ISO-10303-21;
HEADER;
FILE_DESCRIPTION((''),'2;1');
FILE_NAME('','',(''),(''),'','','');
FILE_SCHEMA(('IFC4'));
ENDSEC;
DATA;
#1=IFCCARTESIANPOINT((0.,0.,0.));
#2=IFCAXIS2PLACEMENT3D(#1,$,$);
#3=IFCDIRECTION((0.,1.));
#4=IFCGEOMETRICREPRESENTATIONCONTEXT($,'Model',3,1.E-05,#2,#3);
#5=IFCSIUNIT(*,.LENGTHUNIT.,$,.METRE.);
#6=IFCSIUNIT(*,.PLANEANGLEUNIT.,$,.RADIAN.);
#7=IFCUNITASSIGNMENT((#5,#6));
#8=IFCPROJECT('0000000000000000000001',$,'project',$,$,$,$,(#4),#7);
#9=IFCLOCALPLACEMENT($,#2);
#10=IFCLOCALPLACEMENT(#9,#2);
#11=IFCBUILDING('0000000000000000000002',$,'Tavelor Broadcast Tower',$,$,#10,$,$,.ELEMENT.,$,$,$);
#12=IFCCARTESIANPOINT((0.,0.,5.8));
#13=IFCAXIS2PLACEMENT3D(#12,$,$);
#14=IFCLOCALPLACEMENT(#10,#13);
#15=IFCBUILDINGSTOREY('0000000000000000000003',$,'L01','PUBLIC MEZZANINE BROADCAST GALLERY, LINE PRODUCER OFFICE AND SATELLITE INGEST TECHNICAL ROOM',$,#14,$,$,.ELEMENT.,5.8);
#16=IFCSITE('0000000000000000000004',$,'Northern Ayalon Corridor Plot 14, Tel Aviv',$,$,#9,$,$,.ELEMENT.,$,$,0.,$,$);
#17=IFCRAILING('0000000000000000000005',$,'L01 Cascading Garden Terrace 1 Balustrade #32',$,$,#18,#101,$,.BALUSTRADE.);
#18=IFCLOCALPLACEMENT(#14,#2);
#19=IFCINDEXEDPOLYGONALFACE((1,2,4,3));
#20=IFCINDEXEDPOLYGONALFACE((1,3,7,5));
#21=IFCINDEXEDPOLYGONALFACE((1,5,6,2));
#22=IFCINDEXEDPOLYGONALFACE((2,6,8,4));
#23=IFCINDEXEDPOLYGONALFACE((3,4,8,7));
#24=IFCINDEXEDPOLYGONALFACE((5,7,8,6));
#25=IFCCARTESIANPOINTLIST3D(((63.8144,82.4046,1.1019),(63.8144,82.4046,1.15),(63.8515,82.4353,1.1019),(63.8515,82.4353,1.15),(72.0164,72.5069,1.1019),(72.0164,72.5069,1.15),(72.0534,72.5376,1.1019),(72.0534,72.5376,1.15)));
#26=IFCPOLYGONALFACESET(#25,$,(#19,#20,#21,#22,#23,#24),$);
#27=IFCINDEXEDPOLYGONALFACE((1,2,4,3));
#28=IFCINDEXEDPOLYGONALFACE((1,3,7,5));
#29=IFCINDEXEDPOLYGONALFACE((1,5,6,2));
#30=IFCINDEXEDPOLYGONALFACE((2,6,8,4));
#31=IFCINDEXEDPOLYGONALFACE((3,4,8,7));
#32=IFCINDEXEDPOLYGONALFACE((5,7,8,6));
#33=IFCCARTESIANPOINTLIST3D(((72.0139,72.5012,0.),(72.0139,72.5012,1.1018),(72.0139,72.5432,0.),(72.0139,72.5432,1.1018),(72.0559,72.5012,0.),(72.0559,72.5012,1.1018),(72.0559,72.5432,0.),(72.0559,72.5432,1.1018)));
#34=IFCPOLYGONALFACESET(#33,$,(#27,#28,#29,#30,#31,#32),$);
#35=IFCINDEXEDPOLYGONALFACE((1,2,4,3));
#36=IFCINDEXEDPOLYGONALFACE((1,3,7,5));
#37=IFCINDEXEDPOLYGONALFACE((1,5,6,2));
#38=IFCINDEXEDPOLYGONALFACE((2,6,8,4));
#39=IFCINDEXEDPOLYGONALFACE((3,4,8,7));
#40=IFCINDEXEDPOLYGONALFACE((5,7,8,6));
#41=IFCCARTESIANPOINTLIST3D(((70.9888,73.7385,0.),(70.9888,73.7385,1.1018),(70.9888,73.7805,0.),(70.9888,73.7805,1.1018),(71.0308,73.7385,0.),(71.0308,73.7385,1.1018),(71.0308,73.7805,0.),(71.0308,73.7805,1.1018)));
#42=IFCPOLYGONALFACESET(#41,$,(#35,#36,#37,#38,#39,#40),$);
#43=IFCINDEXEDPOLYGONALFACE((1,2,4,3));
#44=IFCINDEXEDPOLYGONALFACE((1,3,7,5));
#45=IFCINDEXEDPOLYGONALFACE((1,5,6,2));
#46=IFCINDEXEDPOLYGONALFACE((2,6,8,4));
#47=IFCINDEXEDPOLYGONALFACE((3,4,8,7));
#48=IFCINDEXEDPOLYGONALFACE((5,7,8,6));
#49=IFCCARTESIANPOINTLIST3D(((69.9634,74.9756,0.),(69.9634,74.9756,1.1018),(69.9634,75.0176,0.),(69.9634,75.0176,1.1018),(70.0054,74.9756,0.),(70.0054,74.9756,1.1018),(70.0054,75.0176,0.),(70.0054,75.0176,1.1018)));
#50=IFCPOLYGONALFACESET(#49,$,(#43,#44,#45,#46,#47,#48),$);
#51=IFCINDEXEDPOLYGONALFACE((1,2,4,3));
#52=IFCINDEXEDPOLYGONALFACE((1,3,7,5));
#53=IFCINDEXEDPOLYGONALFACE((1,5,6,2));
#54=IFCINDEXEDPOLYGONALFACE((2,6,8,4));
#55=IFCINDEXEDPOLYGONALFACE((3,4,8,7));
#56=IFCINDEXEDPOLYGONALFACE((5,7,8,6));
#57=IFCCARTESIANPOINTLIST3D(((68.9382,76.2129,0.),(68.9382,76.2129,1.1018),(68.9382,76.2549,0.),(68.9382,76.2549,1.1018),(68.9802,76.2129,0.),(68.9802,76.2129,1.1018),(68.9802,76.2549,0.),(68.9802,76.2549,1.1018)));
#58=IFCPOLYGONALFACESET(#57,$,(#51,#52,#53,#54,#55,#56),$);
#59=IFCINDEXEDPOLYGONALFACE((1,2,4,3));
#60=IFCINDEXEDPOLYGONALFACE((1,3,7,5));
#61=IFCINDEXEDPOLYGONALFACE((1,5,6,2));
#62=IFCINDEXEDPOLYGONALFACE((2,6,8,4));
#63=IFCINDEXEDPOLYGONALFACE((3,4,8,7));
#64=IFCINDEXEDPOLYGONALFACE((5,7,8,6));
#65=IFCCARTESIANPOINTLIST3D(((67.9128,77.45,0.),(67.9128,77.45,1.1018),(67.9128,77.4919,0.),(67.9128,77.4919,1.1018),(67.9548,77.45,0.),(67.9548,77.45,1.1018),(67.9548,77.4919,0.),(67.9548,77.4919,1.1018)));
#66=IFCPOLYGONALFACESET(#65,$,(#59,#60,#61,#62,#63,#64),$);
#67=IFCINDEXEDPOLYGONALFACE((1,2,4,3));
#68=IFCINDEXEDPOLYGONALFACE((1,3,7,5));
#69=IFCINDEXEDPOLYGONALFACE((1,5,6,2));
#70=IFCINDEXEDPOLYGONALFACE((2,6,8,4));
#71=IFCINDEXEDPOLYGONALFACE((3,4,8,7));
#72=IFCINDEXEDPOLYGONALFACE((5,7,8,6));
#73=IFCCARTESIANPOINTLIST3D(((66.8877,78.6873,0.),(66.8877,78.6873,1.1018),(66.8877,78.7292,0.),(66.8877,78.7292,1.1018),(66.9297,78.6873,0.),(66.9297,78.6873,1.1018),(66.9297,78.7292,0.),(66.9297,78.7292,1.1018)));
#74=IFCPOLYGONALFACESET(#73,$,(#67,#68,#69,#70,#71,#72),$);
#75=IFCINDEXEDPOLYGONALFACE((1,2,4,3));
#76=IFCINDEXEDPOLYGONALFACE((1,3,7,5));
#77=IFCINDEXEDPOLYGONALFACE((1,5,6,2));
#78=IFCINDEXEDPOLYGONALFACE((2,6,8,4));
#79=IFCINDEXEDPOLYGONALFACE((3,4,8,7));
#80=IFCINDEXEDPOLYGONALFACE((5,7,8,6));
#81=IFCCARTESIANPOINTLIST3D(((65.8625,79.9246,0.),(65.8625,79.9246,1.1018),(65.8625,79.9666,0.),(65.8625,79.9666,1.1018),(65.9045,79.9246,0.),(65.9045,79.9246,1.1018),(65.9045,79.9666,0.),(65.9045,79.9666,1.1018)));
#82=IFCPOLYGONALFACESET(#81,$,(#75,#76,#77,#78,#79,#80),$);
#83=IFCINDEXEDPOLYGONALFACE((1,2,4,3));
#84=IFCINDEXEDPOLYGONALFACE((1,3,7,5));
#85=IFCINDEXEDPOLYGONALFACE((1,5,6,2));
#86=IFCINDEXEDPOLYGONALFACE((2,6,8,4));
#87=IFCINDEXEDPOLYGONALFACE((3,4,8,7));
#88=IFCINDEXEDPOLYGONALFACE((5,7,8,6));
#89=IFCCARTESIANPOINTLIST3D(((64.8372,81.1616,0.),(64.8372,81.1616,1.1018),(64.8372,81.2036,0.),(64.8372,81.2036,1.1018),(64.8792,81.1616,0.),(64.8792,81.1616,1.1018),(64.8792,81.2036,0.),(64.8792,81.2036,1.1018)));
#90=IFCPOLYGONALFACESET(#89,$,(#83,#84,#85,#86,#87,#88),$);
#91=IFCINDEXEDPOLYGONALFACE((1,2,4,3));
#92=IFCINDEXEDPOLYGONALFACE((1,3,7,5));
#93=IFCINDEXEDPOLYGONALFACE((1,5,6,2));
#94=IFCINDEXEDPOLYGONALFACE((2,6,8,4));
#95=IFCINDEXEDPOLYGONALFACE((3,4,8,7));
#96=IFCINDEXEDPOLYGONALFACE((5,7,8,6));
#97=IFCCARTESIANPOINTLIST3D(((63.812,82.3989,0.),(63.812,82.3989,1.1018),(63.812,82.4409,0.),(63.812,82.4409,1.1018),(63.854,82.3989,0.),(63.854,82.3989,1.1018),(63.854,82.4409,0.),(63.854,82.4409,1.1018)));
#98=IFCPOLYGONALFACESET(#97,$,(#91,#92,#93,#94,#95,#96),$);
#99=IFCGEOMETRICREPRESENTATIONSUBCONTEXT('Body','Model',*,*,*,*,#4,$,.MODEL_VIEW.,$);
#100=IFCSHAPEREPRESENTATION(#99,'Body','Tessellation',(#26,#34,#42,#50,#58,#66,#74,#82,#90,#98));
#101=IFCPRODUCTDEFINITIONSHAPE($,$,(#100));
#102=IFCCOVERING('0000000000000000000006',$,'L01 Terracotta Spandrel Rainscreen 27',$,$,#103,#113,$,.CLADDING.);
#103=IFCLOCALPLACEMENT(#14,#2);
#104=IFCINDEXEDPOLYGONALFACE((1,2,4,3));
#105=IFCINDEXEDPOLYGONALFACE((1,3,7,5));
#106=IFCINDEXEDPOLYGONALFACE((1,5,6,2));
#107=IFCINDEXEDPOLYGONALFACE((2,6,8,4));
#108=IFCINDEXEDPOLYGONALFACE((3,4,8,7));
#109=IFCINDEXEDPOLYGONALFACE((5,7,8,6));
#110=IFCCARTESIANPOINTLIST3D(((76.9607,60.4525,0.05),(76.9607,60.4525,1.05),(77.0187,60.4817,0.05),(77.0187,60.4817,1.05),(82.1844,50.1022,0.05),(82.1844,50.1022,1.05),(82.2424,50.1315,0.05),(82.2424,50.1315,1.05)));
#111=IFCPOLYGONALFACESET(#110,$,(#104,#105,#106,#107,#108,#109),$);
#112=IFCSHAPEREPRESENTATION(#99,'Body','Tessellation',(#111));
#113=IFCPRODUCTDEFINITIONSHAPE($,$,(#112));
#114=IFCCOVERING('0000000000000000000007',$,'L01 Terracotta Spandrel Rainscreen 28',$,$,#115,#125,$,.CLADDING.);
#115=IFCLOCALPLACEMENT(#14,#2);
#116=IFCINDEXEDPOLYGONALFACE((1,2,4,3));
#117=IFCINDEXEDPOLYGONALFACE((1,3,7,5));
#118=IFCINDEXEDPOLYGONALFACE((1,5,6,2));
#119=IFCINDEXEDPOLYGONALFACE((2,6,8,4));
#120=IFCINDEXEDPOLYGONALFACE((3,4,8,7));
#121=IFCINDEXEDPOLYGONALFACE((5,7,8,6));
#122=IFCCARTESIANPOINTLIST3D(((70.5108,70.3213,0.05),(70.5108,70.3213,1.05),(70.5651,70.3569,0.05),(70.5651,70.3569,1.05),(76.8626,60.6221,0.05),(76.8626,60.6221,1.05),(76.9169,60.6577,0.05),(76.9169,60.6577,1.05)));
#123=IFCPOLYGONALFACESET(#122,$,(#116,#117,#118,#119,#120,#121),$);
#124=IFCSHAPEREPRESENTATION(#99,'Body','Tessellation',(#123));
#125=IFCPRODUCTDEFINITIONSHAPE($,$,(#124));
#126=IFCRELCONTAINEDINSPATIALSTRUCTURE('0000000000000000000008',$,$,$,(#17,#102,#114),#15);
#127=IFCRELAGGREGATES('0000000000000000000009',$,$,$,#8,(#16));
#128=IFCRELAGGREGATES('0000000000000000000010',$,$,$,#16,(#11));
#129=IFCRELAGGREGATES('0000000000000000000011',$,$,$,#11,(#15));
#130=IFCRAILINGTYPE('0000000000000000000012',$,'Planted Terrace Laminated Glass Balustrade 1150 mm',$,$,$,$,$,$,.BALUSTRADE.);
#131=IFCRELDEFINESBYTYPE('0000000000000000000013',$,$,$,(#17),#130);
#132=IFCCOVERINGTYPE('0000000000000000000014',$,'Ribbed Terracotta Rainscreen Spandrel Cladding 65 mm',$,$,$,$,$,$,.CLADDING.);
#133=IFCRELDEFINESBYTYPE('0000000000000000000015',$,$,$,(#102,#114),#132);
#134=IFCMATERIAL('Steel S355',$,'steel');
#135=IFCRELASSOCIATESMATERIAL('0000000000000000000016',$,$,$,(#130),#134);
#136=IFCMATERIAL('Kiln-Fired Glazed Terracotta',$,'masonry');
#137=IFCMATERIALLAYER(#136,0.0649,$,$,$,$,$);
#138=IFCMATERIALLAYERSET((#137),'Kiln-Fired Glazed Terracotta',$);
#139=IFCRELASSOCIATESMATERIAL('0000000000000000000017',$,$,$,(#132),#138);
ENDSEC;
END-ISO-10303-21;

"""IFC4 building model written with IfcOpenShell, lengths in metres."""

from ifc_helpers import new_model, si_unit, direction, frame, origin, origin_2d, place, context, subcontext, project, spatial, rectangle, extrude, material, layer, layer_set, type_object, element, save


model = new_model("IFC4")

# Units and contexts
model_context = context("Model", 3, precision=1e-05, world=origin(), true_north=direction((0.0, 1.0)))
body_context = subcontext(model_context, "Body", "Model", "MODEL_VIEW")
ifc_project = project(units=[si_unit("LENGTHUNIT", "METRE"), si_unit("PLANEANGLEUNIT", "RADIAN")], contexts=[model_context])

# Site, building, storey
site_placement = place(None, origin())
site = spatial("IfcSite", under=ifc_project, at=site_placement, Name="Northern Ayalon Corridor Plot 14, Tel Aviv", CompositionType="ELEMENT", RefElevation=0.0)
building_placement = place(site_placement, origin())
building = spatial("IfcBuilding", under=site, at=building_placement, Name="Tavelor Broadcast Tower", CompositionType="ELEMENT")
storey_placement = place(building_placement, frame((0.0, 0.0, 5.8)))
storey = spatial("IfcBuildingStorey", under=building, at=storey_placement, Name="L01", Description="PUBLIC MEZZANINE BROADCAST GALLERY, LINE PRODUCER OFFICE AND SATELLITE INGEST TECHNICAL ROOM", CompositionType="ELEMENT", Elevation=5.8)

# Shared definitions
ifc_material_1 = material(Name="Steel S355", Category="steel")

# Railing
railing_type = type_object("IfcRailingType", Name="Planted Terrace Laminated Glass Balustrade 1150 mm", PredefinedType="BALUSTRADE", material=ifc_material_1)
railing_1_placement = place(storey_placement, frame((72.0349, 72.5222, 0.0)))
element("IfcRailing", 1, at=railing_1_placement, inside=storey, type_object=railing_type, Name="L01 Cascading Garden Terrace 1 Balustrade #32", PredefinedType="BALUSTRADE", context=body_context, shape_type="SweptSolid", body=[
    extrude(rectangle(XDim=0.0481, YDim=0.0481, at=origin_2d()), frame((0.0, 0.0, 1.126), z_axis=(-0.638062, 0.769985, 0.0), x_axis=(-0.769985, -0.638062, 0.0)), (0.0, 0.0, 1.0), 12.8545),
    extrude(rectangle(XDim=0.042, YDim=0.042, at=origin_2d()), origin(), (0.0, 0.0, 1.0), 1.1018),
    extrude(rectangle(XDim=0.042, YDim=0.042, at=origin_2d()), frame((-1.0251, 1.2373, 0.0)), (0.0, 0.0, 1.0), 1.1018),
    extrude(rectangle(XDim=0.042, YDim=0.042, at=origin_2d()), frame((-2.0505, 2.4744, 0.0)), (0.0, 0.0, 1.0), 1.1018),
    extrude(rectangle(XDim=0.042, YDim=0.042, at=origin_2d()), frame((-3.0757, 3.7117, 0.0)), (0.0, 0.0, 1.0), 1.1018),
    extrude(rectangle(XDim=0.042, YDim=0.042, at=origin_2d()), frame((-4.1011, 4.9487, 0.0)), (0.0, 0.0, 1.0), 1.1018),
    extrude(rectangle(XDim=0.042, YDim=0.042, at=origin_2d()), frame((-5.1262, 6.186, 0.0)), (0.0, 0.0, 1.0), 1.1018),
    extrude(rectangle(XDim=0.042, YDim=0.042, at=origin_2d()), frame((-6.1514, 7.4233, 0.0)), (0.0, 0.0, 1.0), 1.1018),
    extrude(rectangle(XDim=0.042, YDim=0.042, at=origin_2d()), frame((-7.1768, 8.6604, 0.0)), (0.0, 0.0, 1.0), 1.1018),
    extrude(rectangle(XDim=0.042, YDim=0.042, at=origin_2d()), frame((-8.2019, 9.8977, 0.0)), (0.0, 0.0, 1.0), 1.1018),
])

# Coverings
ifc_material_2 = material(Name="Kiln-Fired Glazed Terracotta", Category="masonry")
ifc_layer_1 = layer(ifc_material_2, 0.0649)
ifc_layer_set_1 = layer_set([ifc_layer_1], Name="Kiln-Fired Glazed Terracotta")
covering_type = type_object("IfcCoveringType", Name="Ribbed Terracotta Rainscreen Spandrel Cladding 65 mm", PredefinedType="CLADDING", material=ifc_layer_set_1)
covering_1_placement = place(storey_placement, frame((79.6016, 55.292, 0.05), z_axis=(0.0, 0.0, 1.0), x_axis=(-0.450566, 0.892743, 0.0)))
element("IfcCovering", 2, at=covering_1_placement, inside=storey, type_object=covering_type, Name="L01 Terracotta Spandrel Rainscreen 27", PredefinedType="CLADDING", context=body_context, shape_type="SweptSolid", body=[
    extrude(rectangle(XDim=11.5938, YDim=0.0649, at=origin_2d()), origin(), (0.0, 0.0, 1.0), 1.0),
])
covering_2_placement = place(storey_placement, frame((73.7139, 65.4895, 0.05), z_axis=(0.0, 0.0, 1.0), x_axis=(-0.547855, 0.836573, 0.0)))
element("IfcCovering", 3, at=covering_2_placement, inside=storey, type_object=covering_type, Name="L01 Terracotta Spandrel Rainscreen 28", PredefinedType="CLADDING", context=body_context, shape_type="SweptSolid", body=[
    extrude(rectangle(XDim=11.594, YDim=0.0649, at=origin_2d()), origin(), (0.0, 0.0, 1.0), 1.0),
])

save(model, "model.ifc")
